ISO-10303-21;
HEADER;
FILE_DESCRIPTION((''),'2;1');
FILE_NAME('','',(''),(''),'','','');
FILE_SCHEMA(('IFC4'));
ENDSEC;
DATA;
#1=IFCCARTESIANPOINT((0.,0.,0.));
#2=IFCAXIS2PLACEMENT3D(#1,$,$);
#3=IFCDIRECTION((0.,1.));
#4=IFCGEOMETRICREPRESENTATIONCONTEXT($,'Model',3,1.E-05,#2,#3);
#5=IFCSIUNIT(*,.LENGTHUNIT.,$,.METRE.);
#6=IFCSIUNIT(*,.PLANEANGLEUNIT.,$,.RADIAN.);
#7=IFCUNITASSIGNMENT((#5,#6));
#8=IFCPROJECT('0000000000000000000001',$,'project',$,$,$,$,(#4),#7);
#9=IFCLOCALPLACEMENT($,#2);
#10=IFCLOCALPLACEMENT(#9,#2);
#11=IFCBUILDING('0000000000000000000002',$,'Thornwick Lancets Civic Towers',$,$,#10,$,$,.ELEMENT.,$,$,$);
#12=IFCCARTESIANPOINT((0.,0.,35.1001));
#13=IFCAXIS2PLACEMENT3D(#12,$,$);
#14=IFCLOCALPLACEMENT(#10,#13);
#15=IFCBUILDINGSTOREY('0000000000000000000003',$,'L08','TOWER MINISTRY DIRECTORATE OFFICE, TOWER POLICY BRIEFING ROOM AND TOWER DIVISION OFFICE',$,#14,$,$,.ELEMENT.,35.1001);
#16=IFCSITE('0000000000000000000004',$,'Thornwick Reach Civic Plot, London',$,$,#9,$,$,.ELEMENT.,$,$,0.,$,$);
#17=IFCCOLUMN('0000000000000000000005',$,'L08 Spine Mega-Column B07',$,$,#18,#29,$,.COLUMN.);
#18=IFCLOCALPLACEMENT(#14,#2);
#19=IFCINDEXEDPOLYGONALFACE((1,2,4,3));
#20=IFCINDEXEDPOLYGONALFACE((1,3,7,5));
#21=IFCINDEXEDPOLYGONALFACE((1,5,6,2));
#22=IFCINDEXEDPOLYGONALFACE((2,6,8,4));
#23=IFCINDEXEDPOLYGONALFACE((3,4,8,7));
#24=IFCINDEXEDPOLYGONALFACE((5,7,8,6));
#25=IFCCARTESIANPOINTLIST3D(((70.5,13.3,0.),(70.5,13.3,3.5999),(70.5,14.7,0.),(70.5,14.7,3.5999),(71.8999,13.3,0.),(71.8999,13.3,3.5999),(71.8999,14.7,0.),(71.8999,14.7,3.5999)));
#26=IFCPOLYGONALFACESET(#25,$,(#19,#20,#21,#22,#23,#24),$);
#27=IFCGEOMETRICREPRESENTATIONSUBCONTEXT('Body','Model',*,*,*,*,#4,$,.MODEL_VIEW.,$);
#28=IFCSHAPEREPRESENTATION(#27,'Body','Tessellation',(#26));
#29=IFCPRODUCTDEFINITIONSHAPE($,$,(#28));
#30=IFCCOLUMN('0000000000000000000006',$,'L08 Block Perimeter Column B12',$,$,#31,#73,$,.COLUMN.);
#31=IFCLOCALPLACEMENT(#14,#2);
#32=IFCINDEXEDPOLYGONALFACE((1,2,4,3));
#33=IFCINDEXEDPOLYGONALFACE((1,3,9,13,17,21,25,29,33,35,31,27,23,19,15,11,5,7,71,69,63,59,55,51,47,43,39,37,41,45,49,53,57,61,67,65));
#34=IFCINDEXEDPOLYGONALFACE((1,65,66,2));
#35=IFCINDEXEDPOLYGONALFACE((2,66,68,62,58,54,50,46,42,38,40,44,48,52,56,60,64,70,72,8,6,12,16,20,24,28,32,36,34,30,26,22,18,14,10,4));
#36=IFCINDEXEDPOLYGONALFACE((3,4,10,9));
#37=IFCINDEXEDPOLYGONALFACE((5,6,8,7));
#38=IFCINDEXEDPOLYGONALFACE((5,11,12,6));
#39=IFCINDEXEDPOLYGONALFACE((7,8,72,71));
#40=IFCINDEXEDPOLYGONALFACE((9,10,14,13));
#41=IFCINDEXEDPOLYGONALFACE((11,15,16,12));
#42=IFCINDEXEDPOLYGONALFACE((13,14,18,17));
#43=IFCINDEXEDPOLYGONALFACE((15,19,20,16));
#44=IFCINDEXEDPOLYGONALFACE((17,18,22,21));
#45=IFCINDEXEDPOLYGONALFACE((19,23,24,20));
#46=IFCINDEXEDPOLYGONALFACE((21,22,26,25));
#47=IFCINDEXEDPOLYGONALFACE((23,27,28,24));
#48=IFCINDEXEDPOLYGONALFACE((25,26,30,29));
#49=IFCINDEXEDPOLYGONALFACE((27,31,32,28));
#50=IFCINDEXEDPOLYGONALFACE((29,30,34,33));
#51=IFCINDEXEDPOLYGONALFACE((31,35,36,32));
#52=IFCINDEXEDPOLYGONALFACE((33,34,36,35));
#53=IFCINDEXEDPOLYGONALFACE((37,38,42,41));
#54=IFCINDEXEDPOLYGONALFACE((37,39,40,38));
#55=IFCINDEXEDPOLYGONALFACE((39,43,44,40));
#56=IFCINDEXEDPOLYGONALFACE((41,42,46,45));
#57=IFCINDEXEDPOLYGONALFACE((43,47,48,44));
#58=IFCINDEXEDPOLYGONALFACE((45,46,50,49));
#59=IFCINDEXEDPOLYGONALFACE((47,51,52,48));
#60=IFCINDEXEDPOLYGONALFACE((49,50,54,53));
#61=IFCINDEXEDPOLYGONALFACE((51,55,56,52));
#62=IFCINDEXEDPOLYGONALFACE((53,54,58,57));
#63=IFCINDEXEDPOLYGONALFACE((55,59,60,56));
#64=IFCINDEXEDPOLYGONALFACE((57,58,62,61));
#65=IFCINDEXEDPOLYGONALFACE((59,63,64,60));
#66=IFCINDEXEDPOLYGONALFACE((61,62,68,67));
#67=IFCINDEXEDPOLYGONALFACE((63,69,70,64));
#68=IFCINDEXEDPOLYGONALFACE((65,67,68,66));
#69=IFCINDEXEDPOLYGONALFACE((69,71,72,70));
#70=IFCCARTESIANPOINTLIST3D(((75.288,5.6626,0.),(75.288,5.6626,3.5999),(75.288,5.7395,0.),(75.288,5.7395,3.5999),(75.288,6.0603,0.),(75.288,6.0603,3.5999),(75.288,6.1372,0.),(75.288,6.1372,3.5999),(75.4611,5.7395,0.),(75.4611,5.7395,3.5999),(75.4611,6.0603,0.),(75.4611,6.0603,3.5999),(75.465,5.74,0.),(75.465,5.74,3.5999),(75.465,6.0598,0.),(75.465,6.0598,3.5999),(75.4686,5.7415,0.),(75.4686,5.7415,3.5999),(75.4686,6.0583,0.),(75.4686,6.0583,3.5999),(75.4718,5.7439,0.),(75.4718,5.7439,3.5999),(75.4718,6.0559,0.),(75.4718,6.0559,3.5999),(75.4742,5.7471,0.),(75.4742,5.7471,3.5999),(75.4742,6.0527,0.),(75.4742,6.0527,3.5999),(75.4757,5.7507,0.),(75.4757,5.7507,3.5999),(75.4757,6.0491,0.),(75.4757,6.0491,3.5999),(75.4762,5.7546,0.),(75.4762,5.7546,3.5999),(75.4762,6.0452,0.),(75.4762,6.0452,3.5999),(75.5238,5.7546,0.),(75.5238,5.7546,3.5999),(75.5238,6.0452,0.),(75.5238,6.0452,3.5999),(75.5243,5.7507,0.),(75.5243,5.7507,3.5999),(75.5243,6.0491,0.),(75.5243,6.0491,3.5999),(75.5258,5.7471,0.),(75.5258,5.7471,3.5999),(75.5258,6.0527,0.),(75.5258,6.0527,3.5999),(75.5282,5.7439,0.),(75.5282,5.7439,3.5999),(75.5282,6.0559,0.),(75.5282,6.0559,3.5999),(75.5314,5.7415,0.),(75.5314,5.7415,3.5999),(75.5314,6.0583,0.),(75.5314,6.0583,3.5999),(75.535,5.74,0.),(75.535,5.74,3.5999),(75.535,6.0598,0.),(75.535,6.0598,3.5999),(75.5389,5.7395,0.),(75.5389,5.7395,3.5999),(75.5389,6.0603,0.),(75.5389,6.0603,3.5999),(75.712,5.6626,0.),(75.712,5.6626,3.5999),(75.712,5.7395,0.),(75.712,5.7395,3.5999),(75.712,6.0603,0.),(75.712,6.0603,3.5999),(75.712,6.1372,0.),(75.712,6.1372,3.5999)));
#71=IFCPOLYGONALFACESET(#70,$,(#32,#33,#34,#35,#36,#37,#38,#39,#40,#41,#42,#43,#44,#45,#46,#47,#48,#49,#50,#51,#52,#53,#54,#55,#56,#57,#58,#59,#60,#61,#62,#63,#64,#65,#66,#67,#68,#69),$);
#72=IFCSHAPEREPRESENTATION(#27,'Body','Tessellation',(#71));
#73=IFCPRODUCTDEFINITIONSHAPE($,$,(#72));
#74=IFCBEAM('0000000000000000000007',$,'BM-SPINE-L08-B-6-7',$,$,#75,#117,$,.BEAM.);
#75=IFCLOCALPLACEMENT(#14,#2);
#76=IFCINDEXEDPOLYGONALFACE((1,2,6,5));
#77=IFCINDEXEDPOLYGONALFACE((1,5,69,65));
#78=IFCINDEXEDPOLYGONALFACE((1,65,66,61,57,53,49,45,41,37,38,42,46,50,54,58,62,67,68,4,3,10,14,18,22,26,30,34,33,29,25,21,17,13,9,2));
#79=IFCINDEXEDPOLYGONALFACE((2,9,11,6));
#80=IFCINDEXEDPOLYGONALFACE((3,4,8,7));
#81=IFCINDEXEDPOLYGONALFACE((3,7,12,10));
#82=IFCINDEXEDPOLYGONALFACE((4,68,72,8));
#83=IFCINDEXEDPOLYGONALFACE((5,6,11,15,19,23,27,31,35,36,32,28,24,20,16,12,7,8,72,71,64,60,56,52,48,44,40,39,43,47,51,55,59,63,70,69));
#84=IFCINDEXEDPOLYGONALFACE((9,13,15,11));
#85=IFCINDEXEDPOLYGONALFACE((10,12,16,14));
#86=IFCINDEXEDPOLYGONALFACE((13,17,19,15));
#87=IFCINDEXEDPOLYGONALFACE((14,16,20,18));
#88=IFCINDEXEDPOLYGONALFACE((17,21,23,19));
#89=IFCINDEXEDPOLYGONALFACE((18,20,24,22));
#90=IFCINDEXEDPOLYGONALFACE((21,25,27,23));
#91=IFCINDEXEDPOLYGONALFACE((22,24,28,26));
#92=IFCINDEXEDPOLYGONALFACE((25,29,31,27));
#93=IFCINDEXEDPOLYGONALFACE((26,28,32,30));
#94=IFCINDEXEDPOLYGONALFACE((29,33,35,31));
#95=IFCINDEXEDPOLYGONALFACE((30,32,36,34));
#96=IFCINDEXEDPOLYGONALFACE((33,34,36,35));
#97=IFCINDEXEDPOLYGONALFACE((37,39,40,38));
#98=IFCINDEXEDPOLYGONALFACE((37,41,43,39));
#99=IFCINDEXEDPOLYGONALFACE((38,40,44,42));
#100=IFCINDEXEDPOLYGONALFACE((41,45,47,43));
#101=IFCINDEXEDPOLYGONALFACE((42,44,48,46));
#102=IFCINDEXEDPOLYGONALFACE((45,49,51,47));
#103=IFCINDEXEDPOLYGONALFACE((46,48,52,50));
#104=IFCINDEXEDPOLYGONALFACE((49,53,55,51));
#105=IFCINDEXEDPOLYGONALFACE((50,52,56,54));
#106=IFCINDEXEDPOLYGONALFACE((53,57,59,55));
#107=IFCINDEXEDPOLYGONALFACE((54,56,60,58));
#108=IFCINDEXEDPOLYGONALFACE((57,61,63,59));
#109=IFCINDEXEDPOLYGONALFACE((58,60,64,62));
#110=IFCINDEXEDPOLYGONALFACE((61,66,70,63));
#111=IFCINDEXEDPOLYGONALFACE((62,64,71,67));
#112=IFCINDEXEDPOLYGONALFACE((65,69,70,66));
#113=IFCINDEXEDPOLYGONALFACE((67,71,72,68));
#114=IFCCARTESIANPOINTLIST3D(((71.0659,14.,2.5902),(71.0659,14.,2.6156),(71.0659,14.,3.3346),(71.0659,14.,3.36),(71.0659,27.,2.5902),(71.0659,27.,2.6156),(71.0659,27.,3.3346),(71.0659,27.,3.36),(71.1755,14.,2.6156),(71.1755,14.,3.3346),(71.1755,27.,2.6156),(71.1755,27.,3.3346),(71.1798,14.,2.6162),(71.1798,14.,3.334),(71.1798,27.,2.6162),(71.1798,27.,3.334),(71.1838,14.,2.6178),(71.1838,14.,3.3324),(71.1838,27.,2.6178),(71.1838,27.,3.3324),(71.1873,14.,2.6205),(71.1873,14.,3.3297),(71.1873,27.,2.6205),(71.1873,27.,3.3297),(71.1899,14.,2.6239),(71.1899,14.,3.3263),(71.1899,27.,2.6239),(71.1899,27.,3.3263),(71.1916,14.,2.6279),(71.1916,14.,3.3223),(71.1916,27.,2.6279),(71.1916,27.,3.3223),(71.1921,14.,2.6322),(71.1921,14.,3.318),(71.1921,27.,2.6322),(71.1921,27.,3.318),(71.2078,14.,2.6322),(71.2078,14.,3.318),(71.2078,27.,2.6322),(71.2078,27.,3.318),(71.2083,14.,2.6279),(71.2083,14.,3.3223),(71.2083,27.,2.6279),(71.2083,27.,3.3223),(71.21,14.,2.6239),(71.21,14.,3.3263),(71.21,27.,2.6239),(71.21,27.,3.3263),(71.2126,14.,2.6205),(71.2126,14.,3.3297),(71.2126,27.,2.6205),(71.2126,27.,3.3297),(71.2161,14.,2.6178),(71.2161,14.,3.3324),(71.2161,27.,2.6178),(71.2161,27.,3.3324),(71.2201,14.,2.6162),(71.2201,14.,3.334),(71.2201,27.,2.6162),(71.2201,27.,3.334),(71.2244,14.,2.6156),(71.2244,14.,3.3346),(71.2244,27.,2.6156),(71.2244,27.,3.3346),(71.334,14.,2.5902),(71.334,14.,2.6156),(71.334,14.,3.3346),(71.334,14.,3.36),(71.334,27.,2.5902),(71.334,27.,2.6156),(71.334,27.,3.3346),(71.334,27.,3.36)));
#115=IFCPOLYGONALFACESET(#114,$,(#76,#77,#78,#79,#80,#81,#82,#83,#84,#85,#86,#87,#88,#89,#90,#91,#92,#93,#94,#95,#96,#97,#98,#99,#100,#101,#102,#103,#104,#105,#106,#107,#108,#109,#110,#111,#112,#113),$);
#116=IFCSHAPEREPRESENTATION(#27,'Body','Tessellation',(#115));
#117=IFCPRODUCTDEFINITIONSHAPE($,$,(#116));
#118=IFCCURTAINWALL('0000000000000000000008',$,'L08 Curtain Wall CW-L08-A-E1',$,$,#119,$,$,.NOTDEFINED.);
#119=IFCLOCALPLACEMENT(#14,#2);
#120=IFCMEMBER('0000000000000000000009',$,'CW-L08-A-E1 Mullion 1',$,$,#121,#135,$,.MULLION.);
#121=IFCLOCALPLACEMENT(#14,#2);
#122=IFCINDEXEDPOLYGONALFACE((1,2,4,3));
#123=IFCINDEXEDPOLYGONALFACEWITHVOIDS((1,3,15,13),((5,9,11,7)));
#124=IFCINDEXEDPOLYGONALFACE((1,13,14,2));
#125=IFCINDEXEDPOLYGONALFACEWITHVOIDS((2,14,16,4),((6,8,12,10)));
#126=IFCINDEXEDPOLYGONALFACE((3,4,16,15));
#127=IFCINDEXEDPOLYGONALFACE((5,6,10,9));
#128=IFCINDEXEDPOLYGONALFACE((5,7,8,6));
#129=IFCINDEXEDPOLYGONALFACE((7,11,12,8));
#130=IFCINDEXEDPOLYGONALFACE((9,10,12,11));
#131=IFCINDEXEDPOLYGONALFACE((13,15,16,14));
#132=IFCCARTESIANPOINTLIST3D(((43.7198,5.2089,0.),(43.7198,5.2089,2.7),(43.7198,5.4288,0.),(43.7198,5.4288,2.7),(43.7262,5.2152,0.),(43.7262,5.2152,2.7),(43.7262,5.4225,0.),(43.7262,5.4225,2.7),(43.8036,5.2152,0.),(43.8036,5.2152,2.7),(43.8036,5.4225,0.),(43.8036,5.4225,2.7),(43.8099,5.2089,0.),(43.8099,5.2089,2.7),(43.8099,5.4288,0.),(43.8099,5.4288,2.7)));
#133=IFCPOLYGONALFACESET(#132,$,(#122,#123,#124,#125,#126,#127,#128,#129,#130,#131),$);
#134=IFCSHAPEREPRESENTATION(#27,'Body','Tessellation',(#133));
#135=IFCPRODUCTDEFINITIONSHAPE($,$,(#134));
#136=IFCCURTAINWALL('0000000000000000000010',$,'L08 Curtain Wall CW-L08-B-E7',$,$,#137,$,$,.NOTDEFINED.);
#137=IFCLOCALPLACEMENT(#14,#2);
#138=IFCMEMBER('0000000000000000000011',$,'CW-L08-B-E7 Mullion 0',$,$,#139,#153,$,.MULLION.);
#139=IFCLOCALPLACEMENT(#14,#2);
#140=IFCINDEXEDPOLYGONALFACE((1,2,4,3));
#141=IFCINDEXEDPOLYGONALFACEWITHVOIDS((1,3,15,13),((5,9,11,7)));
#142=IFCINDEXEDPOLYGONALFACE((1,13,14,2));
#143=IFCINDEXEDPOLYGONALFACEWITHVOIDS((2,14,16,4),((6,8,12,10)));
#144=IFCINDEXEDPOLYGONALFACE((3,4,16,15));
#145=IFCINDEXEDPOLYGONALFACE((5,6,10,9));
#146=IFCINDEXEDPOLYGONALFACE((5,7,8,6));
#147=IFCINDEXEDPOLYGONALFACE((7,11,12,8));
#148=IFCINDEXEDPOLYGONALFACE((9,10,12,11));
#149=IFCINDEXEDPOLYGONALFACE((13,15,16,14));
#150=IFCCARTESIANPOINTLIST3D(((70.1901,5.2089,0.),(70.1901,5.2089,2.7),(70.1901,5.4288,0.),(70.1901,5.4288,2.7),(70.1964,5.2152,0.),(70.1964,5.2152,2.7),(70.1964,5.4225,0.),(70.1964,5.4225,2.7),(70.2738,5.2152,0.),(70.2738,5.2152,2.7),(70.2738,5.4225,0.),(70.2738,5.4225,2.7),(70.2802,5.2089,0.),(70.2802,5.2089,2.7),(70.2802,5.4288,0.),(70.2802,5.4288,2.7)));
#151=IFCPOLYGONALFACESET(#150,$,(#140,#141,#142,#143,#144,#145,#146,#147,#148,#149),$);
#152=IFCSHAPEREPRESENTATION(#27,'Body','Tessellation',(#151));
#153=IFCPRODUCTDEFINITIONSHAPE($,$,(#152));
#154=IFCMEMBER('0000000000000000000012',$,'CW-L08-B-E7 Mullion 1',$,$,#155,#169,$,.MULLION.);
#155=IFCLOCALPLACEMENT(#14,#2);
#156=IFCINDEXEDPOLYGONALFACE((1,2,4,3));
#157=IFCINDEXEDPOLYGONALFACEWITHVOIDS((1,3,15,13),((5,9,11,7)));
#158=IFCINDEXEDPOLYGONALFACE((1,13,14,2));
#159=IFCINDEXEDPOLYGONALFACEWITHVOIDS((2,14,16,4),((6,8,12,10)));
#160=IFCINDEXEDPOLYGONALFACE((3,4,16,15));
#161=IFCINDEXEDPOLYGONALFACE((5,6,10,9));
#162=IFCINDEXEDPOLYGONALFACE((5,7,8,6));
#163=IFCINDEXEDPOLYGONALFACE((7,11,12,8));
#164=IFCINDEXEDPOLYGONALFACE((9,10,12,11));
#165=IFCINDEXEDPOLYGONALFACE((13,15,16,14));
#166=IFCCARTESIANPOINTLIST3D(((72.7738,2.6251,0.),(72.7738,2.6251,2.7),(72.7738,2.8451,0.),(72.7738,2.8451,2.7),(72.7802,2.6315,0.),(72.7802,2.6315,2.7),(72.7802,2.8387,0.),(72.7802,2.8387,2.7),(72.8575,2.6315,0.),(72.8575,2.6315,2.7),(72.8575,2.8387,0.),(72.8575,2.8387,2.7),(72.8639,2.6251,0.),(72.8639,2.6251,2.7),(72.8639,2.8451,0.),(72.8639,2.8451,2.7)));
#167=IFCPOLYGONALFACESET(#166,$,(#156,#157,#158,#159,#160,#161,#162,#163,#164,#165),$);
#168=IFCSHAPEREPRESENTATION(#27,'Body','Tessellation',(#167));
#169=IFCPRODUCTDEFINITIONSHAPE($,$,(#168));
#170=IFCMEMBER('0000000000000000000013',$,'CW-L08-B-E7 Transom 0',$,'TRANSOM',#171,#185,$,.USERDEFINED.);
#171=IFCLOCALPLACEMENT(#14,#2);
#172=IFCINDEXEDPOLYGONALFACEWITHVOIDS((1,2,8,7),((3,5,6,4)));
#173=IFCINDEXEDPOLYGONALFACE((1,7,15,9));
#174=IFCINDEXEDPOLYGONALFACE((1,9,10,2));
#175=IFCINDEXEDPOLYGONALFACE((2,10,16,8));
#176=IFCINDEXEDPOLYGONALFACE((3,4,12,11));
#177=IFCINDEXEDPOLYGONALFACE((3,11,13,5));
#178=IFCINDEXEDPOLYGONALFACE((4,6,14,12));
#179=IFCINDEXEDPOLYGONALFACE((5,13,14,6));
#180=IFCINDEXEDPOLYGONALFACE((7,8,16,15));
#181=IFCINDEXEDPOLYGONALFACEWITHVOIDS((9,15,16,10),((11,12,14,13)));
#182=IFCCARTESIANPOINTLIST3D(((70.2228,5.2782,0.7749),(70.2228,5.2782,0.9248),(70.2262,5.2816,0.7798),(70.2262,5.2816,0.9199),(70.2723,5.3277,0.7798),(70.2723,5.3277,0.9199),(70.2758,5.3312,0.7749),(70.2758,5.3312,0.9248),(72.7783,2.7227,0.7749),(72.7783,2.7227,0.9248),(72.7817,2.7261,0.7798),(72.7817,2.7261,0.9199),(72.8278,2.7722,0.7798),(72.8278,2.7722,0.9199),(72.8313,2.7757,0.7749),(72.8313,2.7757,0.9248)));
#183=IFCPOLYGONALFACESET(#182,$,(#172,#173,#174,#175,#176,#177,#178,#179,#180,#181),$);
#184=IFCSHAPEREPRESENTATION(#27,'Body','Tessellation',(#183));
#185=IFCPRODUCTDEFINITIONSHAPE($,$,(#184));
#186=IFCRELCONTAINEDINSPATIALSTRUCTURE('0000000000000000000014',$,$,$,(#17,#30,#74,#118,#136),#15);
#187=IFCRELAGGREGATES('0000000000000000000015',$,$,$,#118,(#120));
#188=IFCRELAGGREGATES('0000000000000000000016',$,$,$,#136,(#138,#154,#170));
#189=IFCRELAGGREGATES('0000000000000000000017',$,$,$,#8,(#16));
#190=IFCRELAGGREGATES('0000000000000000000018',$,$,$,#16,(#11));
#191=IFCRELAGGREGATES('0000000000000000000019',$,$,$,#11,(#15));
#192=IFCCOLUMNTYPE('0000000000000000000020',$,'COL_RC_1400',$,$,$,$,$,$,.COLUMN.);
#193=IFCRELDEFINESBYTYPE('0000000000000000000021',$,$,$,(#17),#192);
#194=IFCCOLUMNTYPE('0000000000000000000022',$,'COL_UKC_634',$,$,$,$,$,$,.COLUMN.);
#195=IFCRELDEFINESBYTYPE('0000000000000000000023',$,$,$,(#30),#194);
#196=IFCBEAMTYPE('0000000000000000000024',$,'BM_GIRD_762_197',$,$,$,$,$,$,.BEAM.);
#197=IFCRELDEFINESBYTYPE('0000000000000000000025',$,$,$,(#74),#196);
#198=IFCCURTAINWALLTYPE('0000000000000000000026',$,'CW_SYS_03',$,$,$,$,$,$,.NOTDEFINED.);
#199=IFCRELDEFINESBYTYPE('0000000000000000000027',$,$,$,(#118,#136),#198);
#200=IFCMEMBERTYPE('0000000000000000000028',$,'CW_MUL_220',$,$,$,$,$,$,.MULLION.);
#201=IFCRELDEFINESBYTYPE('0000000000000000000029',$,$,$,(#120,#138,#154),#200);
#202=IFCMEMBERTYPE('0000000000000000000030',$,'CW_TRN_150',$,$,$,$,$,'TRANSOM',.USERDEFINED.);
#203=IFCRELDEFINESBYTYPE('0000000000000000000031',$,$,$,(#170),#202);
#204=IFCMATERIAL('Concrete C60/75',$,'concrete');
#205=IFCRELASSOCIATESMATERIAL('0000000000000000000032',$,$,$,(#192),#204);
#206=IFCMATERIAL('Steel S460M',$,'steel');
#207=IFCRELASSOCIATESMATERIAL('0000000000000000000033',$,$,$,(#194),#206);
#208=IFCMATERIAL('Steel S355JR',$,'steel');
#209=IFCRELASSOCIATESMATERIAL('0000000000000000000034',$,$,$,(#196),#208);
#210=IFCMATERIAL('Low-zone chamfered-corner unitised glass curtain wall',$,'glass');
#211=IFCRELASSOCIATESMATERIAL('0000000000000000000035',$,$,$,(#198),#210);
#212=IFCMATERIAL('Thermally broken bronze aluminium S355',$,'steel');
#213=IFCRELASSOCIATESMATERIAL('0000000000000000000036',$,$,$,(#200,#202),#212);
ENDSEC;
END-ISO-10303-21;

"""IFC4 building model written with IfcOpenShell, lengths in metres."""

from ifc_helpers import new_model, si_unit, direction, frame, origin, origin_2d, place, context, subcontext, project, spatial, rectangle, hollow_rectangle, i_section, extrude, material, material_profile, profile_set, type_object, element, aggregate, save


model = new_model("IFC4")

# Units and contexts
model_context = context("Model", 3, precision=1e-05, world=origin(), true_north=direction((0.0, 1.0)))
body_context = subcontext(model_context, "Body", "Model", "MODEL_VIEW")
ifc_project = project(units=[si_unit("LENGTHUNIT", "METRE"), si_unit("PLANEANGLEUNIT", "RADIAN")], contexts=[model_context])

# Site, building, storey
site_placement = place(None, origin())
site = spatial("IfcSite", under=ifc_project, at=site_placement, Name="Thornwick Reach Civic Plot, London", CompositionType="ELEMENT", RefElevation=0.0)
building_placement = place(site_placement, origin())
building = spatial("IfcBuilding", under=site, at=building_placement, Name="Thornwick Lancets Civic Towers", CompositionType="ELEMENT")
storey_placement = place(building_placement, frame((0.0, 0.0, 35.1001)))
storey = spatial("IfcBuildingStorey", under=building, at=storey_placement, Name="L08", Description="TOWER MINISTRY DIRECTORATE OFFICE, TOWER POLICY BRIEFING ROOM AND TOWER DIVISION OFFICE", CompositionType="ELEMENT", Elevation=35.1001)

# Columns
ifc_material_1 = material(Name="Concrete C60/75", Category="concrete")
ifc_material_profile_1 = material_profile(ifc_material_1, rectangle(XDim=1.3999, YDim=1.3999, at=origin_2d()), Name="RC 1400x1400")
ifc_profile_set_1 = profile_set([ifc_material_profile_1], Name="Concrete C60/75")
column_type_1 = type_object("IfcColumnType", Name="COL_RC_1400", PredefinedType="COLUMN", material=ifc_profile_set_1)
column_1_placement = place(storey_placement, frame((71.2, 14.0, 0.0), z_axis=(0.0, 0.0, 1.0), x_axis=(1.0, 0.0, 0.0)))
element("IfcColumn", 1, at=column_1_placement, inside=storey, type_object=column_type_1, Name="L08 Spine Mega-Column B07", PredefinedType="COLUMN", context=body_context, shape_type="SweptSolid", body=[
    extrude(rectangle(XDim=1.3999, YDim=1.3999, at=origin_2d()), origin(), (0.0, 0.0, 1.0), 3.5999),
])
ifc_material_2 = material(Name="Steel S460M", Category="steel")
ifc_material_profile_2 = material_profile(ifc_material_2, i_section(OverallWidth=0.4241, OverallDepth=0.4746, WebThickness=0.0476, FlangeThickness=0.0769, FilletRadius=0.0151, at=origin_2d()), Name="UKC 356x406x634")
ifc_profile_set_2 = profile_set([ifc_material_profile_2], Name="Steel S460M")
column_type_2 = type_object("IfcColumnType", Name="COL_UKC_634", PredefinedType="COLUMN", material=ifc_profile_set_2)
column_2_placement = place(storey_placement, frame((75.5, 5.8999, 0.0), z_axis=(0.0, 0.0, 1.0), x_axis=(1.0, 0.0, 0.0)))
element("IfcColumn", 2, at=column_2_placement, inside=storey, type_object=column_type_2, Name="L08 Block Perimeter Column B12", PredefinedType="COLUMN", context=body_context, shape_type="SweptSolid", body=[
    extrude(i_section(OverallWidth=0.4241, OverallDepth=0.4746, WebThickness=0.0476, FlangeThickness=0.0769, FilletRadius=0.0151, at=origin_2d()), origin(), (0.0, 0.0, 1.0), 3.5999),
])

# Beam
ifc_material_3 = material(Name="Steel S355JR", Category="steel")
ifc_material_profile_3 = material_profile(ifc_material_3, i_section(OverallWidth=0.2681, OverallDepth=0.7698, WebThickness=0.0156, FlangeThickness=0.0254, FilletRadius=0.0166, at=origin_2d()), Name="UKB 762x267x197")
ifc_profile_set_3 = profile_set([ifc_material_profile_3], Name="Steel S355JR")
beam_type = type_object("IfcBeamType", Name="BM_GIRD_762_197", PredefinedType="BEAM", material=ifc_profile_set_3)
beam_placement = place(storey_placement, frame((71.2, 14.0, 2.9751), z_axis=(0.0, 1.0, 0.0), x_axis=(-1.0, 0.0, 0.0)))
element("IfcBeam", 3, at=beam_placement, inside=storey, type_object=beam_type, Name="BM-SPINE-L08-B-6-7", PredefinedType="BEAM", context=body_context, shape_type="SweptSolid", body=[
    extrude(i_section(OverallWidth=0.2681, OverallDepth=0.7698, WebThickness=0.0156, FlangeThickness=0.0254, FilletRadius=0.0166, at=origin_2d()), origin(), (0.0, 0.0, 1.0), 13.0),
])

# Curtain wall, member
ifc_material_4 = material(Name="Low-zone chamfered-corner unitised glass curtain wall", Category="glass")
curtain_wall_type = type_object("IfcCurtainWallType", Name="CW_SYS_03", PredefinedType="NOTDEFINED", material=ifc_material_4)
curtain_wall_1_placement = place(storey_placement, origin())
curtain_wall_1 = element("IfcCurtainWall", 4, at=curtain_wall_1_placement, inside=storey, type_object=curtain_wall_type, Name="L08 Curtain Wall CW-L08-A-E1", PredefinedType="NOTDEFINED")
ifc_material_5 = material(Name="Thermally broken bronze aluminium S355", Category="steel")
ifc_material_profile_4 = material_profile(ifc_material_5, hollow_rectangle(XDim=0.0901, YDim=0.22, WallThickness=0.0063, at=origin_2d()), Name="RHS 220x90x6.3")
ifc_profile_set_4 = profile_set([ifc_material_profile_4], Name="Thermally broken bronze aluminium S355")
member_type_1 = type_object("IfcMemberType", Name="CW_MUL_220", PredefinedType="MULLION", material=ifc_profile_set_4)
member_1_placement = place(storey_placement, frame((43.7649, 5.3188, 0.0), z_axis=(0.0, 0.0, 1.0), x_axis=(1.0, 0.0, 0.0)))
member_1 = element("IfcMember", 5, at=member_1_placement, type_object=member_type_1, Name="CW-L08-A-E1 Mullion 1", PredefinedType="MULLION", context=body_context, shape_type="SweptSolid", body=[
    extrude(hollow_rectangle(XDim=0.0901, YDim=0.22, WallThickness=0.0063, at=origin_2d()), origin(), (0.0, 0.0, 1.0), 2.7),
])
aggregate(curtain_wall_1, [member_1])

# Curtain wall, members
curtain_wall_2_placement = place(storey_placement, origin())
curtain_wall_2 = element("IfcCurtainWall", 6, at=curtain_wall_2_placement, inside=storey, type_object=curtain_wall_type, Name="L08 Curtain Wall CW-L08-B-E7", PredefinedType="NOTDEFINED")
member_2_placement = place(storey_placement, frame((70.2351, 5.3188, 0.0), z_axis=(0.0, 0.0, 1.0), x_axis=(1.0, 0.0, 0.0)))
member_2 = element("IfcMember", 7, at=member_2_placement, type_object=member_type_1, Name="CW-L08-B-E7 Mullion 0", PredefinedType="MULLION", context=body_context, shape_type="SweptSolid", body=[
    extrude(hollow_rectangle(XDim=0.0901, YDim=0.22, WallThickness=0.0063, at=origin_2d()), origin(), (0.0, 0.0, 1.0), 2.7),
])
member_3_placement = place(storey_placement, frame((72.8188, 2.7351, 0.0), z_axis=(0.0, 0.0, 1.0), x_axis=(1.0, 0.0, 0.0)))
member_3 = element("IfcMember", 8, at=member_3_placement, type_object=member_type_1, Name="CW-L08-B-E7 Mullion 1", PredefinedType="MULLION", context=body_context, shape_type="SweptSolid", body=[
    extrude(hollow_rectangle(XDim=0.0901, YDim=0.22, WallThickness=0.0063, at=origin_2d()), origin(), (0.0, 0.0, 1.0), 2.7),
])
ifc_material_profile_5 = material_profile(ifc_material_5, hollow_rectangle(XDim=0.075, YDim=0.1499, WallThickness=0.0049, at=origin_2d()), Name="RHS 150x75x5")
ifc_profile_set_5 = profile_set([ifc_material_profile_5], Name="Thermally broken bronze aluminium S355")
member_type_2 = type_object("IfcMemberType", Name="CW_TRN_150", ElementType="TRANSOM", PredefinedType="USERDEFINED", material=ifc_profile_set_5)
member_4_placement = place(storey_placement, frame((70.2493, 5.3047, 0.8499), z_axis=(0.707107, -0.707107, 0.0), x_axis=(0.707107, 0.707107, 0.0)))
member_4 = element("IfcMember", 9, at=member_4_placement, type_object=member_type_2, Name="CW-L08-B-E7 Transom 0", ObjectType="TRANSOM", PredefinedType="USERDEFINED", context=body_context, shape_type="SweptSolid", body=[
    extrude(hollow_rectangle(XDim=0.075, YDim=0.1499, WallThickness=0.0049, at=origin_2d()), origin(), (0.0, 0.0, 1.0), 3.614),
])
aggregate(curtain_wall_2, [member_2, member_3, member_4])

save(model, "model.ifc")
